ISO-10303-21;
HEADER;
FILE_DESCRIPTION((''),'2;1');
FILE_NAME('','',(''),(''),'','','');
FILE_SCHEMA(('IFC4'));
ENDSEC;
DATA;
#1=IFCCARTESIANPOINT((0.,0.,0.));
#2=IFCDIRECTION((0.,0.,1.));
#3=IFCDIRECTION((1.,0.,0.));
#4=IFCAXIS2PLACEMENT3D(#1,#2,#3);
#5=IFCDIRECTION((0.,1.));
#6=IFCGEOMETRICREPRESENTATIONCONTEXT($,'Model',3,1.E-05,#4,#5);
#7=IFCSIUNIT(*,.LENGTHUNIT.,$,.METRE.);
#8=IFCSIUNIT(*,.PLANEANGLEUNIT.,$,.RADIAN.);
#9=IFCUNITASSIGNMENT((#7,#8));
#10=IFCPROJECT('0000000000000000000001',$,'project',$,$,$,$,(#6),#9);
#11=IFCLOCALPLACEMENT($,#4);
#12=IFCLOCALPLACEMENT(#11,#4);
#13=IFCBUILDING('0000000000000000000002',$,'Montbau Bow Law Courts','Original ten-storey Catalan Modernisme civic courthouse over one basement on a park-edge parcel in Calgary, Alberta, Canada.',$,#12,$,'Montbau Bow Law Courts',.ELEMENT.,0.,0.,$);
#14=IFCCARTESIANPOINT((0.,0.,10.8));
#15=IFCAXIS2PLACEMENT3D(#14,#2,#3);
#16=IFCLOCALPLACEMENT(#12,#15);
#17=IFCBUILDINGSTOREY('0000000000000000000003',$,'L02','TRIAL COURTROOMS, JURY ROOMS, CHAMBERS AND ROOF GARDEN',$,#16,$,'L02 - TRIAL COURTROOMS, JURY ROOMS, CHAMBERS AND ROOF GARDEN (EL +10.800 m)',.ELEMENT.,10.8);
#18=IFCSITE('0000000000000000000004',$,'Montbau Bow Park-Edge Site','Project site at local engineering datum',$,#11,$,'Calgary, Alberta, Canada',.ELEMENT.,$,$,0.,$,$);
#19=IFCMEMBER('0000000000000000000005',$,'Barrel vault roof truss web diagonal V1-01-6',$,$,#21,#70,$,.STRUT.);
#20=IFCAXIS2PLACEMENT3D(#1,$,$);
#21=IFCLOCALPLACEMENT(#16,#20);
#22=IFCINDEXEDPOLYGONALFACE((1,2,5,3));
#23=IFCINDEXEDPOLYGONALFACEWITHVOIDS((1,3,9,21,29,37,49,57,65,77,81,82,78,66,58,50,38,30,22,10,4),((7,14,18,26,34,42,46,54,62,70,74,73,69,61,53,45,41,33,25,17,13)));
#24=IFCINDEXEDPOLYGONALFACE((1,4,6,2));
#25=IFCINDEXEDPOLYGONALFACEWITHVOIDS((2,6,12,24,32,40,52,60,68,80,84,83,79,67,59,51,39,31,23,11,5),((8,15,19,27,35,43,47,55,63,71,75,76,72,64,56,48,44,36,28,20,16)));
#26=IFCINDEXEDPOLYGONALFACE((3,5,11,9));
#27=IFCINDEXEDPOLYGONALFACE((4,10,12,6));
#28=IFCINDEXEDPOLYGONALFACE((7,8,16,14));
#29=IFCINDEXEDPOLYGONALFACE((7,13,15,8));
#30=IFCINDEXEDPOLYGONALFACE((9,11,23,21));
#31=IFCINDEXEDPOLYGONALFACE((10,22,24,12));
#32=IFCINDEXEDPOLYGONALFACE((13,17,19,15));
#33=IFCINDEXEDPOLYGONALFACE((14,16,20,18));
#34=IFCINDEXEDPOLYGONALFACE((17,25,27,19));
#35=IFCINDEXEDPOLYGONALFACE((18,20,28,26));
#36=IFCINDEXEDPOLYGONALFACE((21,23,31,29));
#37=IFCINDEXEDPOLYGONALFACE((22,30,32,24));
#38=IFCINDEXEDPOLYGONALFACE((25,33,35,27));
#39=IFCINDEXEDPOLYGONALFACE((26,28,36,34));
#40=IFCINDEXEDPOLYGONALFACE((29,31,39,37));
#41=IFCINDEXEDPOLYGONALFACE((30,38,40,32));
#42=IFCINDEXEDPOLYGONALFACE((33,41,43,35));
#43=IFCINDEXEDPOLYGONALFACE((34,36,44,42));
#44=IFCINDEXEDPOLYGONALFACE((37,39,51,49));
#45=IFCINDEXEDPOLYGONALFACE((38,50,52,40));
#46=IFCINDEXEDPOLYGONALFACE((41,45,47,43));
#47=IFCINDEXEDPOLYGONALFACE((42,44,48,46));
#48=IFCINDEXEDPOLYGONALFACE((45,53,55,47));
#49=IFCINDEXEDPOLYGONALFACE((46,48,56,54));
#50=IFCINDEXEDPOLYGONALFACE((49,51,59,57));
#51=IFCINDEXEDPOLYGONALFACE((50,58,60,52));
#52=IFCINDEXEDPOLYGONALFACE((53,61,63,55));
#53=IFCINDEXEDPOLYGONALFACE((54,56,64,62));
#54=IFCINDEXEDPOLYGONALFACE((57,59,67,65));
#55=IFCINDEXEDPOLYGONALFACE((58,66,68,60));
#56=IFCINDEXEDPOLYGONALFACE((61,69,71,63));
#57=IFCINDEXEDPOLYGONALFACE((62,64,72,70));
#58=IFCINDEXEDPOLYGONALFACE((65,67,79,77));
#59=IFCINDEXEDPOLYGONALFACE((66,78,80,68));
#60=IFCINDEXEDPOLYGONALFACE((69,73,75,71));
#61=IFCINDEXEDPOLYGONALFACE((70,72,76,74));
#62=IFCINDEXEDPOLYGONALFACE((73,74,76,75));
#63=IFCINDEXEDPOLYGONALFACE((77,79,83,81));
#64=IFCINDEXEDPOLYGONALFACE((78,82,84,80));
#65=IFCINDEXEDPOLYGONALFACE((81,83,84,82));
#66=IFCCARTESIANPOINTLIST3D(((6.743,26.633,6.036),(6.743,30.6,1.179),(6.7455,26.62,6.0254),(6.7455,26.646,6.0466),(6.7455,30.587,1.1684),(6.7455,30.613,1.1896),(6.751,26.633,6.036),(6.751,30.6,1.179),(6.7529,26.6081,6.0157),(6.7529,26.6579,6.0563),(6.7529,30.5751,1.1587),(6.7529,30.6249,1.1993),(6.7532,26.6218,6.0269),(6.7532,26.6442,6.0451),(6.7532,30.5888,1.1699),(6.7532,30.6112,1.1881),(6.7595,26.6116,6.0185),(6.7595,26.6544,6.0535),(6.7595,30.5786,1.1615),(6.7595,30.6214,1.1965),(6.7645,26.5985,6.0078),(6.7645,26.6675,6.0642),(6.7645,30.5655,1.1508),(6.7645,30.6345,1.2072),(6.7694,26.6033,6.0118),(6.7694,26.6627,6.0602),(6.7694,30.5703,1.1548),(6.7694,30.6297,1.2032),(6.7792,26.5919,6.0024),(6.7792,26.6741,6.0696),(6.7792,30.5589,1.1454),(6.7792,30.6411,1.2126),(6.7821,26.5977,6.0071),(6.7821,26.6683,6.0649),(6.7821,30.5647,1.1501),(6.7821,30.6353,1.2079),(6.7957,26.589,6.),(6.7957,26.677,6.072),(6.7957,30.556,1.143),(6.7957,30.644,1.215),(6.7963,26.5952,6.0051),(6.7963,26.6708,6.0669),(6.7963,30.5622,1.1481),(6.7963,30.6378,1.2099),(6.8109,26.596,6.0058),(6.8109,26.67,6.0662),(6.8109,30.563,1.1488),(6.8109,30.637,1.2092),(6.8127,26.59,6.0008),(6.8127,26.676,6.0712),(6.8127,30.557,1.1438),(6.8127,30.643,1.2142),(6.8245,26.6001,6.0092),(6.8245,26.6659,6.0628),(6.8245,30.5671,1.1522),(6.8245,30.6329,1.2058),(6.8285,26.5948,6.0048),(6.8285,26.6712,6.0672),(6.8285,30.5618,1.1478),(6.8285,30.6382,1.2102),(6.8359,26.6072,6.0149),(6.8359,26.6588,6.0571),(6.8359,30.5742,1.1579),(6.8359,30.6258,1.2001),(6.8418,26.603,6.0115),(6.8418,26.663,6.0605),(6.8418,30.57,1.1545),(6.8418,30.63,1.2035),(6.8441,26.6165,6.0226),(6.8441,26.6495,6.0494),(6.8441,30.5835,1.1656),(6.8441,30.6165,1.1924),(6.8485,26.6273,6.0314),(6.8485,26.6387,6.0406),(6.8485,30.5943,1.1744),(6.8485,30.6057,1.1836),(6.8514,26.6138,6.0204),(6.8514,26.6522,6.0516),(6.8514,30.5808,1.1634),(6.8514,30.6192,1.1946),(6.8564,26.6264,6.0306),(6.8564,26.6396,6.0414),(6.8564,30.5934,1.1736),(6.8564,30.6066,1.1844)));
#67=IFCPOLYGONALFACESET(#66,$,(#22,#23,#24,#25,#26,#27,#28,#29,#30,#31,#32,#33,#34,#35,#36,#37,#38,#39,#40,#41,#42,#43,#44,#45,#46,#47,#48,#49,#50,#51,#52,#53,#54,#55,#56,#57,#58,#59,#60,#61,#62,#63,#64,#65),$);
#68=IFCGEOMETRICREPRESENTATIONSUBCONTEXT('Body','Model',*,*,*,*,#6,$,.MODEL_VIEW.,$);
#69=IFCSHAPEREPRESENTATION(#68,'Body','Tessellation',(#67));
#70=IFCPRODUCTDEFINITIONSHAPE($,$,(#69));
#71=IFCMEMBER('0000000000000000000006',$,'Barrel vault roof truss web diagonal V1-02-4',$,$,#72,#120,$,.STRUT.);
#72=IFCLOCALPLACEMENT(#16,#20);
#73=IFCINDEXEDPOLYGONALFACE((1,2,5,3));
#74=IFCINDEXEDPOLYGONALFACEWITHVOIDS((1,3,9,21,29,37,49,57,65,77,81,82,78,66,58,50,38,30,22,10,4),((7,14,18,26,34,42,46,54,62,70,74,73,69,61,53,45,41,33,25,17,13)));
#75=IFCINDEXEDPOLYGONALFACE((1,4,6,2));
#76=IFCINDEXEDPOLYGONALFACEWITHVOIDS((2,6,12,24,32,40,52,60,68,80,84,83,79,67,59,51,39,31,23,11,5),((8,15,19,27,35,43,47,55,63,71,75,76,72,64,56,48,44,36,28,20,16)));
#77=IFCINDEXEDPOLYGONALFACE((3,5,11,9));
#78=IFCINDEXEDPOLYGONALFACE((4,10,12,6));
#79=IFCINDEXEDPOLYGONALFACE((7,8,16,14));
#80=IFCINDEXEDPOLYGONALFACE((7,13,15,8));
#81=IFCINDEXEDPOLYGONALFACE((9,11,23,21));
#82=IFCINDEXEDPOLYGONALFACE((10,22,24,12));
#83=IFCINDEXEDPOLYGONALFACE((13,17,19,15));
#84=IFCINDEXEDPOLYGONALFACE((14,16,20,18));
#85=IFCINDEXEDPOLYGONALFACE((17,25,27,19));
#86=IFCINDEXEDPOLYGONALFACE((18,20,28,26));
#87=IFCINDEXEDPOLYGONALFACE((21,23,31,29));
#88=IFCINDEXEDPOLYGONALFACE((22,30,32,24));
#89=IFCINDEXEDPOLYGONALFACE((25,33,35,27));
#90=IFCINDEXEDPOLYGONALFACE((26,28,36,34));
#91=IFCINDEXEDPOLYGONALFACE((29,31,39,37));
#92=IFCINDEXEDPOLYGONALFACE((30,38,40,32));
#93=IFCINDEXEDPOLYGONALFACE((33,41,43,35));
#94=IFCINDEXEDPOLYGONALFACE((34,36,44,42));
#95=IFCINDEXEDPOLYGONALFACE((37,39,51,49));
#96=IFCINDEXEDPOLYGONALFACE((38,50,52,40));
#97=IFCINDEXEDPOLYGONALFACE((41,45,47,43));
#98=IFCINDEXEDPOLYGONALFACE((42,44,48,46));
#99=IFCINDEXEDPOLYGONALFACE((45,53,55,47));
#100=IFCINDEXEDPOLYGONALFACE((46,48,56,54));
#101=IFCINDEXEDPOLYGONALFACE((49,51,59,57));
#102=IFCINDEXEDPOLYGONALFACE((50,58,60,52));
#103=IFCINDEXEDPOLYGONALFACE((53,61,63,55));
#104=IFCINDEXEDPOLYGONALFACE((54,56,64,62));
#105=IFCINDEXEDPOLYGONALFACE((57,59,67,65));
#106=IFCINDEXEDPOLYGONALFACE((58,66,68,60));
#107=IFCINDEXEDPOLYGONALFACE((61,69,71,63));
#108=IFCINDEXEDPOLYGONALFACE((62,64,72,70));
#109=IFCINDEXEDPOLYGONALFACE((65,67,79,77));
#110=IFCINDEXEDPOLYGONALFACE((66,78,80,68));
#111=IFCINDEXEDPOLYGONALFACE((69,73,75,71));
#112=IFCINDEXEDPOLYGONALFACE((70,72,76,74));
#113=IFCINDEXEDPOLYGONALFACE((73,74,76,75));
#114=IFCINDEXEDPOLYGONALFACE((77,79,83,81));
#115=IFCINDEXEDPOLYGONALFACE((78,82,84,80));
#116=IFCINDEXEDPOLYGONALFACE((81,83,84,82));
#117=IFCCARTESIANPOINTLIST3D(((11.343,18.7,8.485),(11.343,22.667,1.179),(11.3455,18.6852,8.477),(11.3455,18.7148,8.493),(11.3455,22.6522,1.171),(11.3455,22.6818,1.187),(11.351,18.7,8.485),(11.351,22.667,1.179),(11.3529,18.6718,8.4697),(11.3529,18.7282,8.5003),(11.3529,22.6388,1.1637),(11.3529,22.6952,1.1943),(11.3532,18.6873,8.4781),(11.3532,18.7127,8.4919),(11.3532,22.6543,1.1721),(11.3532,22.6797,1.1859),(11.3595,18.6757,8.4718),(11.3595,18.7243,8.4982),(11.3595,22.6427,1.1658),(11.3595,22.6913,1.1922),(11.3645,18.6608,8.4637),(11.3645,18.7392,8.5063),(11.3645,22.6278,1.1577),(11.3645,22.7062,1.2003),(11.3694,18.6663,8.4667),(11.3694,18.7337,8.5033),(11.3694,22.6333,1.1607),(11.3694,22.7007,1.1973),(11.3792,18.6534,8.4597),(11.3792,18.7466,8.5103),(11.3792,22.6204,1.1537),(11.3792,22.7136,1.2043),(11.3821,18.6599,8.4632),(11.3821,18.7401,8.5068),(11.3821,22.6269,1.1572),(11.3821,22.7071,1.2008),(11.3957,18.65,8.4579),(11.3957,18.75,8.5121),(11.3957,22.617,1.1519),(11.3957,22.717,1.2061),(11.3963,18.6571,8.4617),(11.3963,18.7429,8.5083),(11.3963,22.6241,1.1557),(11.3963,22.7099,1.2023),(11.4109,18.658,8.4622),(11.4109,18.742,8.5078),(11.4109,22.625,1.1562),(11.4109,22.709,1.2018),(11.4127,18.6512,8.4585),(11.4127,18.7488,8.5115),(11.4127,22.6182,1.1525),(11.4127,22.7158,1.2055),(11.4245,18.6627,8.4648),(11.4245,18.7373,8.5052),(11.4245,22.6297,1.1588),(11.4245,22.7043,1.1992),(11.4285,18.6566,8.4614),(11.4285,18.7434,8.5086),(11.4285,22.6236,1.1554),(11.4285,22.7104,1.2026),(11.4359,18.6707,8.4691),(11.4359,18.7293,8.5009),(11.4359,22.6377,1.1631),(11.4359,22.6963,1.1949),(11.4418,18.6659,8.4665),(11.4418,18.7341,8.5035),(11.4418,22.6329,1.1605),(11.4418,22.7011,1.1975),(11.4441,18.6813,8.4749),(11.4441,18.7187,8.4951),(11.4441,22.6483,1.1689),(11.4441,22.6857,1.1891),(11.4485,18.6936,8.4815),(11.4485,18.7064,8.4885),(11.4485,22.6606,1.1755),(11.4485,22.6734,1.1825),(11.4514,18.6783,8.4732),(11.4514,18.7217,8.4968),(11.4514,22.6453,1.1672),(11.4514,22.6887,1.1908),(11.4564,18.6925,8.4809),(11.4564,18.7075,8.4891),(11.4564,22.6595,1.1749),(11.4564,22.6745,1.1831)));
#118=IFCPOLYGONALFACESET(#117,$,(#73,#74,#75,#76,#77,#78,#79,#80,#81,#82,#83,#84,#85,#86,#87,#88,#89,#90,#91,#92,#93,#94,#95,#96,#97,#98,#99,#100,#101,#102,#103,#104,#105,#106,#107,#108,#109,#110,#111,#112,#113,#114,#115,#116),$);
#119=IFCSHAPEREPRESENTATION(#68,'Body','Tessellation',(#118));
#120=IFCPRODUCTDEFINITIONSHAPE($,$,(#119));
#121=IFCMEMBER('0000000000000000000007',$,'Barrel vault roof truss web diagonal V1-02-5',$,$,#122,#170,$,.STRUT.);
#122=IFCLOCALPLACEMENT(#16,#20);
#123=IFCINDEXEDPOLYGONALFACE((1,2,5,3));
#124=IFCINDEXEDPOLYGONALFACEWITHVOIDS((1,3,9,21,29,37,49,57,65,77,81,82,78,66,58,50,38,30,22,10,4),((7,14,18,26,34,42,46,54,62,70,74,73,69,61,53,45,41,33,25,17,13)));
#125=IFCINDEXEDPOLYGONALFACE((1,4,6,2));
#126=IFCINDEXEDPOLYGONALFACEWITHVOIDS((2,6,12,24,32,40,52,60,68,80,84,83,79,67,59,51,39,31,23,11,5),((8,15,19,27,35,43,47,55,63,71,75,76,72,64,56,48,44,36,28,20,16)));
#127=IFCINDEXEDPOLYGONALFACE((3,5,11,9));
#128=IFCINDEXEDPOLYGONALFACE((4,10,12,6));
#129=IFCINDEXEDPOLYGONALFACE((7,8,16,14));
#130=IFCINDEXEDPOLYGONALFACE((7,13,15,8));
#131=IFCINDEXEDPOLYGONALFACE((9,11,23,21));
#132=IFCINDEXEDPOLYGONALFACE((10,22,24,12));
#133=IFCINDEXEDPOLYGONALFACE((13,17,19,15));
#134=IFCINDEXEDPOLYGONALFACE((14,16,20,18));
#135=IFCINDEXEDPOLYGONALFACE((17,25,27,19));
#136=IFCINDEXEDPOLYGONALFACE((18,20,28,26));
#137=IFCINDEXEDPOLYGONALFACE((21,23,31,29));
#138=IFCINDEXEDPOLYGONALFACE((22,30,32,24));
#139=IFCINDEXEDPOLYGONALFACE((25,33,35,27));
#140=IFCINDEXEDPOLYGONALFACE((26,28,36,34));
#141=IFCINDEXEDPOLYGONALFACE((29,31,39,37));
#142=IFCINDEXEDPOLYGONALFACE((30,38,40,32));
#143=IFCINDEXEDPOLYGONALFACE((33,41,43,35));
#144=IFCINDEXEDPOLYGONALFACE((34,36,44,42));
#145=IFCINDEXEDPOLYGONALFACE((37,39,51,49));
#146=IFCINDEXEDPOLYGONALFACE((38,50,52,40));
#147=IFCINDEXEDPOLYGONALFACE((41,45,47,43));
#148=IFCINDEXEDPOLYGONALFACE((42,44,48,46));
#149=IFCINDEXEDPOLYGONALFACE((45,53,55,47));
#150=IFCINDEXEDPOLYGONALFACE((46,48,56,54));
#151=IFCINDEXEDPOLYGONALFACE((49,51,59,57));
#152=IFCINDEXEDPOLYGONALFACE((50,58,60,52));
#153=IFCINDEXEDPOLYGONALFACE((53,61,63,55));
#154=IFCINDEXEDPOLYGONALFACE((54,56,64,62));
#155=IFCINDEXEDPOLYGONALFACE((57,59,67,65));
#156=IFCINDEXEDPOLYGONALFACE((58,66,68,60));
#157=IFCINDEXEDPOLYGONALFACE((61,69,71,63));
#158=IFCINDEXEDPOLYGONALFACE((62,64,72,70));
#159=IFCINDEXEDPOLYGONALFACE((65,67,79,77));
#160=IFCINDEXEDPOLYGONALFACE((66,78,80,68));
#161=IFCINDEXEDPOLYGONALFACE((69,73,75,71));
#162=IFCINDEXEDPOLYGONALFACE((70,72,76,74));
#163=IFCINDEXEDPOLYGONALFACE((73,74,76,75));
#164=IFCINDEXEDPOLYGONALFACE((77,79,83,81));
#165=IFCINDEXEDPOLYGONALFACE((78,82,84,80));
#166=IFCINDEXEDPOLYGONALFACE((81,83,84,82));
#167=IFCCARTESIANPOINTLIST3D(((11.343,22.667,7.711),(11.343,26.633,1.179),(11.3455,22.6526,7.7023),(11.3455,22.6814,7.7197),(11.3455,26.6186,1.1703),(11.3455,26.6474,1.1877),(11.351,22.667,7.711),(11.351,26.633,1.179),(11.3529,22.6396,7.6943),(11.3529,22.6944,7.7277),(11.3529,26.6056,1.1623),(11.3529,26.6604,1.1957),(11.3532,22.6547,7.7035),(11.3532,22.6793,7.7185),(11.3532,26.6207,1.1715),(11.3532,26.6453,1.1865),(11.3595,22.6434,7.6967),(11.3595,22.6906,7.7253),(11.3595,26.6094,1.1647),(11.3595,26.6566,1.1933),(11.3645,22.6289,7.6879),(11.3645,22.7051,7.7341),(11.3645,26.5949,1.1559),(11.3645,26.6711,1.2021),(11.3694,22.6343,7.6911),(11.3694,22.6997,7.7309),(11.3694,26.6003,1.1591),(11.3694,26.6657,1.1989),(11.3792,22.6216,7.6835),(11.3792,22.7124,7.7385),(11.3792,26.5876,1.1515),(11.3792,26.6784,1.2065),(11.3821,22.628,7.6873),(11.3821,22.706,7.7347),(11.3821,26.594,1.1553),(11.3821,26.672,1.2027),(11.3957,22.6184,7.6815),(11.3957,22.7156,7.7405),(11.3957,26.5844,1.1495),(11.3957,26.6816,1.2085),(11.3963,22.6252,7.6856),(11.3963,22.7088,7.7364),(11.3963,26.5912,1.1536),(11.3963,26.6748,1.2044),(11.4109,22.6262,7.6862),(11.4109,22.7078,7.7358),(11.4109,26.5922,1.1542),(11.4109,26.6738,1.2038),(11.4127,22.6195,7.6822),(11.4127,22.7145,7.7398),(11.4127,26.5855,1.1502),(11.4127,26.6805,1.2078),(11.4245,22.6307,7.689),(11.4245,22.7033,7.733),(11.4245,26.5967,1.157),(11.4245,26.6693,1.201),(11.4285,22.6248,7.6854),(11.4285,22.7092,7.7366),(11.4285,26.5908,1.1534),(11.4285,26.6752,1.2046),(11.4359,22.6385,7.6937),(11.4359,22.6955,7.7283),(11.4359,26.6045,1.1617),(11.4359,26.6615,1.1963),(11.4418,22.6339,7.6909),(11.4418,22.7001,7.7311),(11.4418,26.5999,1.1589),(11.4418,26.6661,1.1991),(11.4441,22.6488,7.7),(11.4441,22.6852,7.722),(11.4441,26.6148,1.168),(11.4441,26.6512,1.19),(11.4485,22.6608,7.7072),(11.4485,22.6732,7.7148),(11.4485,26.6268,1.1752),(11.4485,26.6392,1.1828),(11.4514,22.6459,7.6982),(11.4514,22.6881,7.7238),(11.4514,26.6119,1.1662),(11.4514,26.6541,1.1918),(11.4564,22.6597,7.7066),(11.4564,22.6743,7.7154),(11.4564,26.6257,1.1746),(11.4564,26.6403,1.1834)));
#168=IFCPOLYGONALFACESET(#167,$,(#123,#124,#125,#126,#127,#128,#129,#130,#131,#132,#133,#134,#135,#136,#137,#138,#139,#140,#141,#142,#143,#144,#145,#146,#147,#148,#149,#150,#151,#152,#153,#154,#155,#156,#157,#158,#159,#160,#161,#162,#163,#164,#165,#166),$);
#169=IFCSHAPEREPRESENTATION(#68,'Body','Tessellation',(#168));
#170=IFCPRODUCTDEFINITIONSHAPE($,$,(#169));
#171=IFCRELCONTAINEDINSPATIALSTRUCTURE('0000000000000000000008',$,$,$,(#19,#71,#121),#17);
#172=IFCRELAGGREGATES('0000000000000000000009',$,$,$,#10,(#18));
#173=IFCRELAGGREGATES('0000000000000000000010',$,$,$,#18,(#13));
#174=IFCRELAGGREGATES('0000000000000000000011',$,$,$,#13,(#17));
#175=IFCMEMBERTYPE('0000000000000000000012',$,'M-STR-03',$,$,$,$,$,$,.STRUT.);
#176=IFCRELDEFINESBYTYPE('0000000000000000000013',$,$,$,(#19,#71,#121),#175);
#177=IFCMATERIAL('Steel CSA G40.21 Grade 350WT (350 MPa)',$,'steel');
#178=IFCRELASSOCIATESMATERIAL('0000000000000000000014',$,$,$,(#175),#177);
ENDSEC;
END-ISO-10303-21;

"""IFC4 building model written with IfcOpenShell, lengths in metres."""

from ifc_helpers import new_model, si_unit, direction, frame, origin_with_axes, origin_2d_with_axis, place, context, subcontext, project, spatial, hollow_circle, extrude, material, material_profile, profile_set, type_object, element, save


model = new_model("IFC4")

# Units and contexts
model_context = context("Model", 3, precision=1e-05, world=origin_with_axes(), true_north=direction((0.0, 1.0)))
body_context = subcontext(model_context, "Body", "Model", "MODEL_VIEW")
ifc_project = project(units=[si_unit("LENGTHUNIT", "METRE"), si_unit("PLANEANGLEUNIT", "RADIAN")], contexts=[model_context])

# Site, building, storey
site_placement = place(None, origin_with_axes())
site = spatial("IfcSite", under=ifc_project, at=site_placement, Name="Montbau Bow Park-Edge Site", Description="Project site at local engineering datum", LongName="Calgary, Alberta, Canada", CompositionType="ELEMENT", RefElevation=0.0)
building_placement = place(site_placement, origin_with_axes())
building = spatial("IfcBuilding", under=site, at=building_placement, Name="Montbau Bow Law Courts", Description="Original ten-storey Catalan Modernisme civic courthouse over one basement on a park-edge parcel in Calgary, Alberta, Canada.", LongName="Montbau Bow Law Courts", CompositionType="ELEMENT", ElevationOfRefHeight=0.0, ElevationOfTerrain=0.0)
storey_placement = place(building_placement, frame((0.0, 0.0, 10.8), z_axis=(0.0, 0.0, 1.0), x_axis=(1.0, 0.0, 0.0)))
storey = spatial("IfcBuildingStorey", under=building, at=storey_placement, Name="L02", Description="TRIAL COURTROOMS, JURY ROOMS, CHAMBERS AND ROOF GARDEN", LongName="L02 - TRIAL COURTROOMS, JURY ROOMS, CHAMBERS AND ROOF GARDEN (EL +10.800 m)", CompositionType="ELEMENT", Elevation=10.8)

# Shared definitions
ifc_material = material(Name="Steel CSA G40.21 Grade 350WT (350 MPa)", Category="steel")

# Members
ifc_material_profile_1 = material_profile(ifc_material, hollow_circle(Radius=0.057, WallThickness=0.008, at=origin_2d_with_axis()), Name="HSS114X8.0", Category="Main", Priority=0)
ifc_profile_set_1 = profile_set([ifc_material_profile_1], Name="Steel CSA G40.21 Grade 350WT (350 MPa)")
member_type_1 = type_object("IfcMemberType", Name="M-STR-03", PredefinedType="STRUT", material=ifc_profile_set_1)
member_1_placement = place(None, frame((6.8, 26.633, 16.836), z_axis=(0.0, 0.632578, -0.774497), x_axis=(-1.0, 0.0, 0.0)))
element("IfcMember", 1, at=member_1_placement, inside=storey, type_object=member_type_1, Name="Barrel vault roof truss web diagonal V1-01-6", PredefinedType="STRUT", context=body_context, shape_type="SweptSolid", body=[
    extrude(hollow_circle(Radius=0.057, WallThickness=0.008, at=origin_2d_with_axis()), origin_with_axes(), (0.0, 0.0, 1.0), 6.2712),
])
member_2_placement = place(None, frame((11.4, 18.7, 19.285), z_axis=(0.0, 0.477174, -0.878809), x_axis=(-1.0, 0.0, 0.0)))
element("IfcMember", 2, at=member_2_placement, inside=storey, type_object=member_type_1, Name="Barrel vault roof truss web diagonal V1-02-4", PredefinedType="STRUT", context=body_context, shape_type="SweptSolid", body=[
    extrude(hollow_circle(Radius=0.057, WallThickness=0.008, at=origin_2d_with_axis()), origin_with_axes(), (0.0, 0.0, 1.0), 8.3135),
])
member_3_placement = place(None, frame((11.4, 22.667, 18.511), z_axis=(0.0, 0.518992, -0.854779), x_axis=(-1.0, 0.0, 0.0)))
element("IfcMember", 3, at=member_3_placement, inside=storey, type_object=member_type_1, Name="Barrel vault roof truss web diagonal V1-02-5", PredefinedType="STRUT", context=body_context, shape_type="SweptSolid", body=[
    extrude(hollow_circle(Radius=0.057, WallThickness=0.008, at=origin_2d_with_axis()), origin_with_axes(), (0.0, 0.0, 1.0), 7.6417),
])

save(model, "model.ifc")
